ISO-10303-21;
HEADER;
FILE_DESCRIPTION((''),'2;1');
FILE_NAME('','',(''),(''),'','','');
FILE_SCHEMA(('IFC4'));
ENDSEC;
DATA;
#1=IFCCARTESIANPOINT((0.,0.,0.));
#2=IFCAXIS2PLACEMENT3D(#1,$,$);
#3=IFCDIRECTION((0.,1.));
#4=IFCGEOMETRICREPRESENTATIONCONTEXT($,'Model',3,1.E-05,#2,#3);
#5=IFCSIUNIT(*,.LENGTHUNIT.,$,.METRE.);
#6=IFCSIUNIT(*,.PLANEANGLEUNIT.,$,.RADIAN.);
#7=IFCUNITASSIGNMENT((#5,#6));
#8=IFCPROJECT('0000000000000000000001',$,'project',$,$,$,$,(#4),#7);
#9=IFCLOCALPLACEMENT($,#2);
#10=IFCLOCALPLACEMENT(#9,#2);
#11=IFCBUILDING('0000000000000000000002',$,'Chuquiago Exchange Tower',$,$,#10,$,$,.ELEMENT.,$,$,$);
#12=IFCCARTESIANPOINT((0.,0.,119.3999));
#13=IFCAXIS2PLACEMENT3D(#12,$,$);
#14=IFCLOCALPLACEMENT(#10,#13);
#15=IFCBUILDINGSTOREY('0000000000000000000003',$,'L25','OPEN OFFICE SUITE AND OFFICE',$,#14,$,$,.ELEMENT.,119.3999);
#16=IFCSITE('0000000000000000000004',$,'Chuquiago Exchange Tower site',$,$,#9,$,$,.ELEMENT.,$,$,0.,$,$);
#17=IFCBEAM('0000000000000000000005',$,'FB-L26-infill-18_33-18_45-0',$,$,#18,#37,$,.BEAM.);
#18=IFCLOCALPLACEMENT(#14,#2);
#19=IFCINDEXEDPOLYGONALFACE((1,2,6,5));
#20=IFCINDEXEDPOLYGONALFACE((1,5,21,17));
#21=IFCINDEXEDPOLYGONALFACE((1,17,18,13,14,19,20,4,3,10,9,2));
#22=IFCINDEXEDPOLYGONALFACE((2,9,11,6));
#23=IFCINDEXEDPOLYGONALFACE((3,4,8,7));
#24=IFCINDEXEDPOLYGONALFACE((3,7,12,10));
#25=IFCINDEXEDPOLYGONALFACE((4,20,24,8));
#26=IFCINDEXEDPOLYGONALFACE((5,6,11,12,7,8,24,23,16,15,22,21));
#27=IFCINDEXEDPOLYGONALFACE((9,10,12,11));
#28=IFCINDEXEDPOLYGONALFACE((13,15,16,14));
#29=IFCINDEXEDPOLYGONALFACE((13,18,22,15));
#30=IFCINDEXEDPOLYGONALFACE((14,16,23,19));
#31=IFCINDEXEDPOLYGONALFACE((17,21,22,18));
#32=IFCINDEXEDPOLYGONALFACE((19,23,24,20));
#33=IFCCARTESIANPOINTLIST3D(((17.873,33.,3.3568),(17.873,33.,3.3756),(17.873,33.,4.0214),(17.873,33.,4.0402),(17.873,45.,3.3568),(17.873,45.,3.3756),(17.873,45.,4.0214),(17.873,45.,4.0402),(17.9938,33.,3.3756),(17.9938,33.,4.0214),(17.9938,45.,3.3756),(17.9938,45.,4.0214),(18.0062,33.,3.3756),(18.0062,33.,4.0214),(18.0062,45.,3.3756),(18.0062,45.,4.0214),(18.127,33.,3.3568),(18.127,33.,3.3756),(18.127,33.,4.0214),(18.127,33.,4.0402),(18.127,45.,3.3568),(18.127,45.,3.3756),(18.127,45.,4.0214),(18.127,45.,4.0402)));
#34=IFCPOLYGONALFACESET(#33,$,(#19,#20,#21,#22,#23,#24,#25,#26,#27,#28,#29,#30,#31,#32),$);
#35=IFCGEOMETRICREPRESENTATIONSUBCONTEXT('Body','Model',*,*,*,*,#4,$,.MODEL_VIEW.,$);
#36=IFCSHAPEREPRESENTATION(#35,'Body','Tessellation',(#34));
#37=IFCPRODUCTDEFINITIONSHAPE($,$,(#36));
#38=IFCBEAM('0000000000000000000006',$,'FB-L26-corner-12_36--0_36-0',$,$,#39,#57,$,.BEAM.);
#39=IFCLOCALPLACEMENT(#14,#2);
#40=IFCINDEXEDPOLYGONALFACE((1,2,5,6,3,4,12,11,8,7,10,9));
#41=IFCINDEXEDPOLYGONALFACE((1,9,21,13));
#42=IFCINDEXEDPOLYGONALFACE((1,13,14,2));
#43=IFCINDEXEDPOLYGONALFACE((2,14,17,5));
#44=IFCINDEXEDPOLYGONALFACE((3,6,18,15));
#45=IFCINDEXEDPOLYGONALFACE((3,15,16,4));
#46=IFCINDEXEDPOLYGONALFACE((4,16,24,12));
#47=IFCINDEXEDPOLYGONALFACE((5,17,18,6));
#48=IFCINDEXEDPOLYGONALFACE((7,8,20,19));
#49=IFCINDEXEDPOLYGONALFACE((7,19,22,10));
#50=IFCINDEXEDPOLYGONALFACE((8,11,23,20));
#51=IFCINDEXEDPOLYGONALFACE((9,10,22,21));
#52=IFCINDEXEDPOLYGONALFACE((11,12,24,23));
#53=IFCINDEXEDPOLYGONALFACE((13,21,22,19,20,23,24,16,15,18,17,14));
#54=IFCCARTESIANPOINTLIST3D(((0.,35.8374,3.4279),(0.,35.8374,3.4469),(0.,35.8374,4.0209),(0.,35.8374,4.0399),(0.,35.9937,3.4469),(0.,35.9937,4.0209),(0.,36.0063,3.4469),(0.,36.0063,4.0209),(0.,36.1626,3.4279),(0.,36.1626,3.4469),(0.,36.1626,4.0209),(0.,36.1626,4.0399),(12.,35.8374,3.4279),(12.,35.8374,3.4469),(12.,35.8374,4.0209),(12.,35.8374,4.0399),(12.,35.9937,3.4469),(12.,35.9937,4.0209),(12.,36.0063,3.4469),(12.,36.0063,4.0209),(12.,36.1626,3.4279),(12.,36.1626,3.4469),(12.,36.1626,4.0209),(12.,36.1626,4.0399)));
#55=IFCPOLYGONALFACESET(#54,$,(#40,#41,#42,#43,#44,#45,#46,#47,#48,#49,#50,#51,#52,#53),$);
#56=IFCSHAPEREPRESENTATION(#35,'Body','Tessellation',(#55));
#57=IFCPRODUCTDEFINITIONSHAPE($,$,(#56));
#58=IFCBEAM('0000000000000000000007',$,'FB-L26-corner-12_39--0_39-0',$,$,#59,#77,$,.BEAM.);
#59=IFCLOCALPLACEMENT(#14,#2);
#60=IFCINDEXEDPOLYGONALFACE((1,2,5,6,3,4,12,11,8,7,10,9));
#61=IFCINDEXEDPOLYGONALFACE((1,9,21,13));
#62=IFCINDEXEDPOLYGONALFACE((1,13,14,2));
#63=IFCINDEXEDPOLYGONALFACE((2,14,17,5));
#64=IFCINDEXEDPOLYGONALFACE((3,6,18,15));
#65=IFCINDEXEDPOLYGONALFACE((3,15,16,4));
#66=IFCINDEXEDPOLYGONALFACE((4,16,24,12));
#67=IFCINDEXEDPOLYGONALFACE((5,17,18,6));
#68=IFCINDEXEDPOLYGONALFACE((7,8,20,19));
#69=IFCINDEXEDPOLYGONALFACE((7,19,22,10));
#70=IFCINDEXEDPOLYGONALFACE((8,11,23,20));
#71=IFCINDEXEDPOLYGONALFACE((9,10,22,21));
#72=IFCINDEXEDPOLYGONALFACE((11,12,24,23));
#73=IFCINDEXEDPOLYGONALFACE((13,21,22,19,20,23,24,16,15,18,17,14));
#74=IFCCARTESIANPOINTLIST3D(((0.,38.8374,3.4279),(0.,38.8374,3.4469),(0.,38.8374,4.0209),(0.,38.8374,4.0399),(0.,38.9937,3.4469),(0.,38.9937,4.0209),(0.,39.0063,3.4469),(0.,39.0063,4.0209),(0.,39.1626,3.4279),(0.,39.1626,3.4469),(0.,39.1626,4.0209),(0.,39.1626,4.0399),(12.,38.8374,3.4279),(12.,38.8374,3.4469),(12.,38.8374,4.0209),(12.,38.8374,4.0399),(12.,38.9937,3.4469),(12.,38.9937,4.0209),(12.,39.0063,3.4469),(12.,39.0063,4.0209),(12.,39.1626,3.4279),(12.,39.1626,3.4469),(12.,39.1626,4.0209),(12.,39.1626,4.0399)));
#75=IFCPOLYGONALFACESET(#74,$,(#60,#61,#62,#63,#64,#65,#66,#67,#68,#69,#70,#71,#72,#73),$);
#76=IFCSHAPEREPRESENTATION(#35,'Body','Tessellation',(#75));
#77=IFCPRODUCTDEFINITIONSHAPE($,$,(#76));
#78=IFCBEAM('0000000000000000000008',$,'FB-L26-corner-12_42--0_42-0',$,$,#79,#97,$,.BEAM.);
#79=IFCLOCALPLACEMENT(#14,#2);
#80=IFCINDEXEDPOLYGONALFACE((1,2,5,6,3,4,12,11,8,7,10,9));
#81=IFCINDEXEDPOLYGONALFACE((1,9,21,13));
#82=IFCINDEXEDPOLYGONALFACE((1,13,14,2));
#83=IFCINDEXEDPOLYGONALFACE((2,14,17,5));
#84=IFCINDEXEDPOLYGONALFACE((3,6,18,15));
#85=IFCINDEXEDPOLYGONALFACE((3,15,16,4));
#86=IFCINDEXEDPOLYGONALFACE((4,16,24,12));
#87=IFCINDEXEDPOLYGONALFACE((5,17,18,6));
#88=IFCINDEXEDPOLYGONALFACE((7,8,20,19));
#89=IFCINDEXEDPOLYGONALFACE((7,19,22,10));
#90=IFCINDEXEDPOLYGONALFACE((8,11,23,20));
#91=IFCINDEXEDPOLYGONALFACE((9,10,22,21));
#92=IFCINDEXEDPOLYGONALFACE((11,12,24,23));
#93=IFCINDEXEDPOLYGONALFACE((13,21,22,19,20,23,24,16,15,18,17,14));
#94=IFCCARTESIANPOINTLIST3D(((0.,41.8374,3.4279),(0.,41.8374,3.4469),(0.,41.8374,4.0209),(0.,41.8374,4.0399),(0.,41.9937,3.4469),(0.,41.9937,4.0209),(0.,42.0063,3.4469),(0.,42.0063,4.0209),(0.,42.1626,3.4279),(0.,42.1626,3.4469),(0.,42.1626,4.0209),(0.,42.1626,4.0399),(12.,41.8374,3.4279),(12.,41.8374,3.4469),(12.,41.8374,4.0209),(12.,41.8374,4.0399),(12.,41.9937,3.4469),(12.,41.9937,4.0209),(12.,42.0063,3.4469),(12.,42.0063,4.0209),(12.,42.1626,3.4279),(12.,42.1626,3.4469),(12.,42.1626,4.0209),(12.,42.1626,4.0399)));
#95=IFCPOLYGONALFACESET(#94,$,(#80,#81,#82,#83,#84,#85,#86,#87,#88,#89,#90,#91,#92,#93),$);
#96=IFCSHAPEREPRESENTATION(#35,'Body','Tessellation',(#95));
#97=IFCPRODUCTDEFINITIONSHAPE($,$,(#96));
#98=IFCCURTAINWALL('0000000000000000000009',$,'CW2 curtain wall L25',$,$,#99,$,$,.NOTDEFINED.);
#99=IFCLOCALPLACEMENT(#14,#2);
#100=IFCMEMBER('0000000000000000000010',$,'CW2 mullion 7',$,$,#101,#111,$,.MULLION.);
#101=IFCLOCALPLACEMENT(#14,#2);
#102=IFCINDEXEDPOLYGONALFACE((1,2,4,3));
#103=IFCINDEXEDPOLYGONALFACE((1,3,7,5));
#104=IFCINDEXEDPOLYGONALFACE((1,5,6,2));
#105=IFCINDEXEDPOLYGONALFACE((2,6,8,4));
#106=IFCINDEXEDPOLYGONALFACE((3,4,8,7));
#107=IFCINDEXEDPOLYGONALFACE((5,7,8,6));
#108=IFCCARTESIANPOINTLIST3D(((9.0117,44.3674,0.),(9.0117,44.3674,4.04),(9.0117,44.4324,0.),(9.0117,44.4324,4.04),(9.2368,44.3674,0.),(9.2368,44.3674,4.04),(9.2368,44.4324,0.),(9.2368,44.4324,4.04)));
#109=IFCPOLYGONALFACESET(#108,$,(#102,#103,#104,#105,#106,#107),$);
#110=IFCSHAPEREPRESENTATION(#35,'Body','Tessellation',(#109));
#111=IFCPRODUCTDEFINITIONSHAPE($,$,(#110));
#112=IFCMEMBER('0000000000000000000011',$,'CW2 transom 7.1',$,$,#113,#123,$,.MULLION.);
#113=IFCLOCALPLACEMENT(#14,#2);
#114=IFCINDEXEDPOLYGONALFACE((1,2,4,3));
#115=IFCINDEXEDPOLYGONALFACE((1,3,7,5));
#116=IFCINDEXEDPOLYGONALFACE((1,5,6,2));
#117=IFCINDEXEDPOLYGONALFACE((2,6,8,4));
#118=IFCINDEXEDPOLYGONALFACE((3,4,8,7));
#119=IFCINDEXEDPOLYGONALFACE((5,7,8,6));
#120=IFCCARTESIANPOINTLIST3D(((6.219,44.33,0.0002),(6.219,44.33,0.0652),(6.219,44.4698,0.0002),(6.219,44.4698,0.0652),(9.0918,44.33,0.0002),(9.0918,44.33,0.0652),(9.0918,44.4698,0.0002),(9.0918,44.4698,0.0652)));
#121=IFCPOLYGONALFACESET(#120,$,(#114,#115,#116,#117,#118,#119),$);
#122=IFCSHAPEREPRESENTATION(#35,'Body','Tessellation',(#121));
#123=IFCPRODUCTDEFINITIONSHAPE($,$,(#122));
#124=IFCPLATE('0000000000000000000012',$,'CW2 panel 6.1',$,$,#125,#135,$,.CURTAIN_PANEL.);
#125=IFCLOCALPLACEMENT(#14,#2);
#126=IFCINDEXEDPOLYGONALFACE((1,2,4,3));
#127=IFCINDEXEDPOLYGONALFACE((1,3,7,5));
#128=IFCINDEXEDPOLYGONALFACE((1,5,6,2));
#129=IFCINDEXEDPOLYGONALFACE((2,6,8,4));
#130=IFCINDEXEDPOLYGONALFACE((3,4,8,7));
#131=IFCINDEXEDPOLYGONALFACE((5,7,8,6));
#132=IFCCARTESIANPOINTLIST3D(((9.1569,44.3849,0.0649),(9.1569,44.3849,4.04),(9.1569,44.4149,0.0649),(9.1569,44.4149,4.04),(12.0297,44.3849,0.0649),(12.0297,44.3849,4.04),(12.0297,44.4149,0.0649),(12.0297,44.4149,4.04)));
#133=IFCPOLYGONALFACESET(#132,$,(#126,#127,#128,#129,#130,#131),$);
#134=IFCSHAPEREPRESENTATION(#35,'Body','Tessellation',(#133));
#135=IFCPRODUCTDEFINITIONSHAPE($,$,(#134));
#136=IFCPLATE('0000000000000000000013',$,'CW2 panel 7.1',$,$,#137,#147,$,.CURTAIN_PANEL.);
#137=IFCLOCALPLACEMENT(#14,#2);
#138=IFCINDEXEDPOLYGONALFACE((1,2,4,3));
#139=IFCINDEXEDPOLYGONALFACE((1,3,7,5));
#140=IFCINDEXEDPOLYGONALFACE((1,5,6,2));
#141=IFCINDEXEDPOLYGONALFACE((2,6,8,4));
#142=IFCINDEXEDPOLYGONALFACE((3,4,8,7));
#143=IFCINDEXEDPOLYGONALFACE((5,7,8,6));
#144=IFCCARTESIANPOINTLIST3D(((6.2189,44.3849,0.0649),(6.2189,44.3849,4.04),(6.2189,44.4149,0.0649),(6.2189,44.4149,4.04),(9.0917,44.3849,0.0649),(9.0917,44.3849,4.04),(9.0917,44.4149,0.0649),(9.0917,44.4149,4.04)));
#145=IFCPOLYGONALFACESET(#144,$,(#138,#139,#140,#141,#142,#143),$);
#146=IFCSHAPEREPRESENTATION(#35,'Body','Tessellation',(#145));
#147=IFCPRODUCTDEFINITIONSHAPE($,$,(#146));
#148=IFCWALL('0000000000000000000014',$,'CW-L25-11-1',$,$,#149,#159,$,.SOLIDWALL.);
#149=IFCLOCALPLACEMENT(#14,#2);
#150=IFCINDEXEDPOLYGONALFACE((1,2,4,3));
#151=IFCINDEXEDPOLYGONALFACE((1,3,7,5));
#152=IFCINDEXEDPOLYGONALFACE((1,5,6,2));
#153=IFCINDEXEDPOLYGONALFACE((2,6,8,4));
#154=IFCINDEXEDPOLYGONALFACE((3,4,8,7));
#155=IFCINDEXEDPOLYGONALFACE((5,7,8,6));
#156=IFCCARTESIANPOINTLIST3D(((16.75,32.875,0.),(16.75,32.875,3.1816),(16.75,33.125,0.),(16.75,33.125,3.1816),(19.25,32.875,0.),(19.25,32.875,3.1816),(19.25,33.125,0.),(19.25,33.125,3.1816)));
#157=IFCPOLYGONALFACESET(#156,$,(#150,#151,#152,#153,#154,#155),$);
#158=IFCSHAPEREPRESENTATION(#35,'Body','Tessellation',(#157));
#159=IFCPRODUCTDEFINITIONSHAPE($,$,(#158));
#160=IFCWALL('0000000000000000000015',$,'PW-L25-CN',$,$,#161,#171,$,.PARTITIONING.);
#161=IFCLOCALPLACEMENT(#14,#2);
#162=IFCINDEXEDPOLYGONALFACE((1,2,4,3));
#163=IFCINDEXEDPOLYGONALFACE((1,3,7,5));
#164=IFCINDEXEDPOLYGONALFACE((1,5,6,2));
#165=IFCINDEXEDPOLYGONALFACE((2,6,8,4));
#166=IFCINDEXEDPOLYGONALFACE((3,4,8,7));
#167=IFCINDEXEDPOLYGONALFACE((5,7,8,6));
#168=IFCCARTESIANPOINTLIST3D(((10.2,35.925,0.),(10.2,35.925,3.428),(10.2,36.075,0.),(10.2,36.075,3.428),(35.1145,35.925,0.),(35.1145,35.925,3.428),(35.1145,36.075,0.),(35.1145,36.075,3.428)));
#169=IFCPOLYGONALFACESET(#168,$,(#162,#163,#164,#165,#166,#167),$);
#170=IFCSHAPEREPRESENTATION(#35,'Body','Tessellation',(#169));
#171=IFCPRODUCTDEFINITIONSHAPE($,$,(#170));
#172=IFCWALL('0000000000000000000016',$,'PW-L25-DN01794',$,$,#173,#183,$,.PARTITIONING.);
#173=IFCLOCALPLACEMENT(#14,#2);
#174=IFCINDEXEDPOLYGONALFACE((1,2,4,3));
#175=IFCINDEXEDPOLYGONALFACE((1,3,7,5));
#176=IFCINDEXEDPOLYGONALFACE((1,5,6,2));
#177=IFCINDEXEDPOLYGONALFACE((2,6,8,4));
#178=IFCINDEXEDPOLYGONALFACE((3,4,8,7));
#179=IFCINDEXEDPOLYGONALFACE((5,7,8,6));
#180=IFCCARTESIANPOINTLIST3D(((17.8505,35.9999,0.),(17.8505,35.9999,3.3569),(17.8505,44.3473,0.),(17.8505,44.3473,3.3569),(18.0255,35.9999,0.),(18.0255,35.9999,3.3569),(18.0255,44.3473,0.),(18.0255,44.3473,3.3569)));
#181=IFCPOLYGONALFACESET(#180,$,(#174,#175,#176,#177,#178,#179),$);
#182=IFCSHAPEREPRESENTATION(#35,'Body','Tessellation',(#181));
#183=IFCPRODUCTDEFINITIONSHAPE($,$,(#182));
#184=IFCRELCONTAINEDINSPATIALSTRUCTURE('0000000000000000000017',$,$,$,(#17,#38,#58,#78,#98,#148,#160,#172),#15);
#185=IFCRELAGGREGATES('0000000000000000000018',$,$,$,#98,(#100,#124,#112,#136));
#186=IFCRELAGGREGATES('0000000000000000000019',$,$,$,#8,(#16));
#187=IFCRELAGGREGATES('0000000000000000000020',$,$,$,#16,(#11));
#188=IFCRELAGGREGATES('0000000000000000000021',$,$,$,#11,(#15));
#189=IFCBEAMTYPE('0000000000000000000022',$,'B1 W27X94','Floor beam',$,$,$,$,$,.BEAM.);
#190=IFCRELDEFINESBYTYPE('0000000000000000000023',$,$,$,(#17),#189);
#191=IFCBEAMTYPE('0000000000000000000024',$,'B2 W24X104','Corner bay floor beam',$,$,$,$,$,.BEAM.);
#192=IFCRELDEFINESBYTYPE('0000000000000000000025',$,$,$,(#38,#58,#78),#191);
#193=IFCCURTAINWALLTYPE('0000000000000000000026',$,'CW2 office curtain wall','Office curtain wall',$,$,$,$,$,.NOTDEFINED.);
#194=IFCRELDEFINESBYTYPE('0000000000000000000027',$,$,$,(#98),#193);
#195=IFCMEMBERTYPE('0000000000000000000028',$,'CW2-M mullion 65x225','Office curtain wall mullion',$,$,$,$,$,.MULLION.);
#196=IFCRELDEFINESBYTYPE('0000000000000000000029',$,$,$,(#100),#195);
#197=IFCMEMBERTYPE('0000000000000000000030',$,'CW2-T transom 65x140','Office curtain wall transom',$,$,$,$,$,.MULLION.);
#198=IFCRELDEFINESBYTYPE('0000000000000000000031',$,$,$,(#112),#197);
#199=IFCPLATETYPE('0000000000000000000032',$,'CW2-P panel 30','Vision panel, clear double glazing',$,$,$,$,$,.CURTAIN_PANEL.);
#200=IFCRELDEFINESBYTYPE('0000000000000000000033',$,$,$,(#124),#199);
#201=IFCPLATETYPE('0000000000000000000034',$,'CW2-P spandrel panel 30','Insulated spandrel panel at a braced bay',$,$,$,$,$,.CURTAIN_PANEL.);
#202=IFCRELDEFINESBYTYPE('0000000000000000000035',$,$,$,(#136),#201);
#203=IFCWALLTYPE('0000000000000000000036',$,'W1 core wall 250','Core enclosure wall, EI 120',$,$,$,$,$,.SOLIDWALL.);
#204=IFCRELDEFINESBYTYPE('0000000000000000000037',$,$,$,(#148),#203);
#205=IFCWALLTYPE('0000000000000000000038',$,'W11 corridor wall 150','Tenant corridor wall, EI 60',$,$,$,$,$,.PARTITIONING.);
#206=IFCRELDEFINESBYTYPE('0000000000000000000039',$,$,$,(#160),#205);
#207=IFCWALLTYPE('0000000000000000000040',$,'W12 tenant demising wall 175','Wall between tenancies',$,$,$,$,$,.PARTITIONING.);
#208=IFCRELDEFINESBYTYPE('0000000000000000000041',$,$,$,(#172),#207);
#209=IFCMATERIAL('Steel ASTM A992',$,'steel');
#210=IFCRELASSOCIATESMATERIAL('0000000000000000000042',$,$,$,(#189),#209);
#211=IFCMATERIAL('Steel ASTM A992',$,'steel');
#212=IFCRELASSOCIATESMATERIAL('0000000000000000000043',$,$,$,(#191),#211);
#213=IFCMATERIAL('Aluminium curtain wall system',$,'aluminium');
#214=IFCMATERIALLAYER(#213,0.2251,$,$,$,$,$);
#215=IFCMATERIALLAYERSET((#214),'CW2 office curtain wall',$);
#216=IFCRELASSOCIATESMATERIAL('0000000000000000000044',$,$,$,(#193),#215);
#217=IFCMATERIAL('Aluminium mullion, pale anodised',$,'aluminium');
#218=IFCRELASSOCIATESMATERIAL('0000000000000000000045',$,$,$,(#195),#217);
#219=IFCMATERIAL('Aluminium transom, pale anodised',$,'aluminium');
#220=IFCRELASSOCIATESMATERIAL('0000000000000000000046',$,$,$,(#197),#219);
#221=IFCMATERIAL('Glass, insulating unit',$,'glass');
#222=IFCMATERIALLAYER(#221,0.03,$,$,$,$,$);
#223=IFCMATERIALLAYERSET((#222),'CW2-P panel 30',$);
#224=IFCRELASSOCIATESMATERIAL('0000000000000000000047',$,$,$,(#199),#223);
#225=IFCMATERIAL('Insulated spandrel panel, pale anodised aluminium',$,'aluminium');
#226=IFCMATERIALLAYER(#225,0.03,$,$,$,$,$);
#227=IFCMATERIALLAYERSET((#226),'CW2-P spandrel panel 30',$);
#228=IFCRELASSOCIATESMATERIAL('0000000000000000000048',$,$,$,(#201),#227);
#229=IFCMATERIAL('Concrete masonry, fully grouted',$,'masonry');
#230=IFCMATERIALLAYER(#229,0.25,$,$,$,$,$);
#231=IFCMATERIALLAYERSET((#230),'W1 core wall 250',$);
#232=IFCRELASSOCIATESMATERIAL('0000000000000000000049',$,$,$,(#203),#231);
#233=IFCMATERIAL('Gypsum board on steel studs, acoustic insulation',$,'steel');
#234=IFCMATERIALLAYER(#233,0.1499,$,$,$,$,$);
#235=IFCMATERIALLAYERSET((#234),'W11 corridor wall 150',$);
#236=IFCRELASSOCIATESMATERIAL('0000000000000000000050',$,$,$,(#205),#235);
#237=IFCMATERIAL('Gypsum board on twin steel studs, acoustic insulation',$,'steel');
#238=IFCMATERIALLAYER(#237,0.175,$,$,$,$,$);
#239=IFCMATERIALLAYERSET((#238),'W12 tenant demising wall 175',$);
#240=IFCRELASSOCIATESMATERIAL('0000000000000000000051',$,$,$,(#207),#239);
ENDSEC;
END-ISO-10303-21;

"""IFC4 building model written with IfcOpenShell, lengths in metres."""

from ifc_helpers import new_model, si_unit, direction, frame, frame_2d, origin, origin_2d, place, context, subcontext, project, spatial, rectangle, i_section, extrude, material, layer, layer_set, material_profile, profile_set, type_object, element, aggregate, save


model = new_model("IFC4")

# Units and contexts
model_context = context("Model", 3, precision=1e-05, world=origin(), true_north=direction((0.0, 1.0)))
body_context = subcontext(model_context, "Body", "Model", "MODEL_VIEW")
ifc_project = project(units=[si_unit("LENGTHUNIT", "METRE"), si_unit("PLANEANGLEUNIT", "RADIAN")], contexts=[model_context])

# Site, building, storey
site_placement = place(None, origin())
site = spatial("IfcSite", under=ifc_project, at=site_placement, Name="Chuquiago Exchange Tower site", CompositionType="ELEMENT", RefElevation=0.0)
building_placement = place(site_placement, origin())
building = spatial("IfcBuilding", under=site, at=building_placement, Name="Chuquiago Exchange Tower", CompositionType="ELEMENT")
storey_placement = place(building_placement, frame((0.0, 0.0, 119.3999)))
storey = spatial("IfcBuildingStorey", under=building, at=storey_placement, Name="L25", Description="OPEN OFFICE SUITE AND OFFICE", CompositionType="ELEMENT", Elevation=119.3999)

# Beams
ifc_material_1 = material(Name="Steel ASTM A992", Category="steel")
ifc_material_profile_1 = material_profile(ifc_material_1, i_section(OverallWidth=0.2539, OverallDepth=0.6833, WebThickness=0.0125, FlangeThickness=0.0188, at=origin_2d()), Name="W27X94")
ifc_profile_set_1 = profile_set([ifc_material_profile_1], Name="Steel ASTM A992")
beam_type_1 = type_object("IfcBeamType", Name="B1 W27X94", Description="Floor beam", PredefinedType="BEAM", material=ifc_profile_set_1)
beam_placement = place(storey_placement, frame((18.0, 33.0, 3.6985), z_axis=(0.0, 1.0, 0.0), x_axis=(-1.0, 0.0, 0.0)))
element("IfcBeam", 1, at=beam_placement, inside=storey, type_object=beam_type_1, Name="FB-L26-infill-18_33-18_45-0", PredefinedType="BEAM", context=body_context, shape_type="SweptSolid", body=[
    extrude(i_section(OverallWidth=0.2539, OverallDepth=0.6833, WebThickness=0.0125, FlangeThickness=0.0188, at=origin_2d()), origin(), (0.0, 0.0, 1.0), 12.0),
])
ifc_material_2 = material(Name="Steel ASTM A992", Category="steel")
ifc_material_profile_2 = material_profile(ifc_material_2, i_section(OverallWidth=0.3252, OverallDepth=0.6121, WebThickness=0.0127, FlangeThickness=0.019, at=origin_2d()), Name="W24X104")
ifc_profile_set_2 = profile_set([ifc_material_profile_2], Name="Steel ASTM A992")
beam_type_2 = type_object("IfcBeamType", Name="B2 W24X104", Description="Corner bay floor beam", PredefinedType="BEAM", material=ifc_profile_set_2)
for number, where, z_axis, x_axis, name in (
    (2, (12.0, 36.0, 3.7339), (-1.0, 0.0, 0.0), (0.0, -1.0, 0.0), "FB-L26-corner-12_36--0_36-0"),
    (3, (12.0, 39.0, 3.7339), (-1.0, 0.0, 0.0), (0.0, -1.0, 0.0), "FB-L26-corner-12_39--0_39-0"),
    (4, (12.0, 42.0, 3.7339), (-1.0, 0.0, 0.0), (0.0, -1.0, 0.0), "FB-L26-corner-12_42--0_42-0"),
):
    element("IfcBeam", number, at=place(storey_placement, frame(where, z_axis=z_axis, x_axis=x_axis)), inside=storey, type_object=beam_type_2, Name=name, PredefinedType="BEAM", context=body_context, shape_type="SweptSolid", body=[
        extrude(i_section(OverallWidth=0.3252, OverallDepth=0.6121, WebThickness=0.0127, FlangeThickness=0.019, at=origin_2d()), origin(), (0.0, 0.0, 1.0), 12.0),
    ])

# Curtain wall, members, plates
ifc_material_3 = material(Name="Aluminium curtain wall system", Category="aluminium")
ifc_layer_1 = layer(ifc_material_3, 0.2251)
ifc_layer_set_1 = layer_set([ifc_layer_1], Name="CW2 office curtain wall")
curtain_wall_type = type_object("IfcCurtainWallType", Name="CW2 office curtain wall", Description="Office curtain wall", PredefinedType="NOTDEFINED", material=ifc_layer_set_1)
curtain_wall_placement = place(storey_placement, origin())
curtain_wall = element("IfcCurtainWall", 5, at=curtain_wall_placement, inside=storey, type_object=curtain_wall_type, Name="CW2 curtain wall L25", PredefinedType="NOTDEFINED")
ifc_material_4 = material(Name="Aluminium mullion, pale anodised", Category="aluminium")
ifc_material_profile_3 = material_profile(ifc_material_4, rectangle(XDim=0.0649, YDim=0.2251, at=origin_2d()), Name="AL 65x225")
ifc_profile_set_3 = profile_set([ifc_material_profile_3], Name="Aluminium mullion, pale anodised")
member_type_1 = type_object("IfcMemberType", Name="CW2-M mullion 65x225", Description="Office curtain wall mullion", PredefinedType="MULLION", material=ifc_profile_set_3)
member_1_placement = place(storey_placement, frame((9.1243, 44.3999, 0.0), z_axis=(0.0, 0.0, 1.0), x_axis=(0.0, -1.0, 0.0)))
member_1 = element("IfcMember", 6, at=member_1_placement, type_object=member_type_1, Name="CW2 mullion 7", PredefinedType="MULLION", context=body_context, shape_type="SweptSolid", body=[
    extrude(rectangle(XDim=0.0649, YDim=0.2251, at=origin_2d()), origin(), (0.0, 0.0, 1.0), 4.04),
])
ifc_material_5 = material(Name="Aluminium transom, pale anodised", Category="aluminium")
ifc_material_profile_4 = material_profile(ifc_material_5, rectangle(XDim=0.1399, YDim=0.0649, at=origin_2d()), Name="AL 140x65")
ifc_profile_set_4 = profile_set([ifc_material_profile_4], Name="Aluminium transom, pale anodised")
member_type_2 = type_object("IfcMemberType", Name="CW2-T transom 65x140", Description="Office curtain wall transom", PredefinedType="MULLION", material=ifc_profile_set_4)
member_2_placement = place(storey_placement, frame((9.0918, 44.3999, 0.0327), z_axis=(-1.0, 0.0, 0.0), x_axis=(0.0, -1.0, 0.0)))
member_2 = element("IfcMember", 7, at=member_2_placement, type_object=member_type_2, Name="CW2 transom 7.1", PredefinedType="MULLION", context=body_context, shape_type="SweptSolid", body=[
    extrude(rectangle(XDim=0.1399, YDim=0.0649, at=origin_2d()), origin(), (0.0, 0.0, 1.0), 2.8728),
])
ifc_material_6 = material(Name="Glass, insulating unit", Category="glass")
ifc_layer_2 = layer(ifc_material_6, 0.03)
ifc_layer_set_2 = layer_set([ifc_layer_2], Name="CW2-P panel 30")
plate_type_1 = type_object("IfcPlateType", Name="CW2-P panel 30", Description="Vision panel, clear double glazing", PredefinedType="CURTAIN_PANEL", material=ifc_layer_set_2)
plate_1_placement = place(storey_placement, frame((10.5933, 44.3999, 0.0649), z_axis=(0.0, 0.0, 1.0), x_axis=(-1.0, 0.0, 0.0)))
plate_1 = element("IfcPlate", 8, at=plate_1_placement, type_object=plate_type_1, Name="CW2 panel 6.1", PredefinedType="CURTAIN_PANEL", context=body_context, shape_type="SweptSolid", body=[
    extrude(rectangle(XDim=2.8728, YDim=0.03, at=origin_2d()), origin(), (0.0, 0.0, 1.0), 3.9751),
])
ifc_material_7 = material(Name="Insulated spandrel panel, pale anodised aluminium", Category="aluminium")
ifc_layer_3 = layer(ifc_material_7, 0.03)
ifc_layer_set_3 = layer_set([ifc_layer_3], Name="CW2-P spandrel panel 30")
plate_type_2 = type_object("IfcPlateType", Name="CW2-P spandrel panel 30", Description="Insulated spandrel panel at a braced bay", PredefinedType="CURTAIN_PANEL", material=ifc_layer_set_3)
plate_2_placement = place(storey_placement, frame((7.6553, 44.3999, 0.0649), z_axis=(0.0, 0.0, 1.0), x_axis=(-1.0, 0.0, 0.0)))
plate_2 = element("IfcPlate", 9, at=plate_2_placement, type_object=plate_type_2, Name="CW2 panel 7.1", PredefinedType="CURTAIN_PANEL", context=body_context, shape_type="SweptSolid", body=[
    extrude(rectangle(XDim=2.8728, YDim=0.03, at=origin_2d()), origin(), (0.0, 0.0, 1.0), 3.9751),
])
aggregate(curtain_wall, [member_1, plate_1, member_2, plate_2])

# Walls
ifc_material_8 = material(Name="Concrete masonry, fully grouted", Category="masonry")
ifc_layer_4 = layer(ifc_material_8, 0.25)
ifc_layer_set_4 = layer_set([ifc_layer_4], Name="W1 core wall 250")
wall_type_1 = type_object("IfcWallType", Name="W1 core wall 250", Description="Core enclosure wall, EI 120", PredefinedType="SOLIDWALL", material=ifc_layer_set_4)
wall_1_placement = place(storey_placement, frame((16.75, 33.0, 0.0), z_axis=(0.0, 0.0, 1.0), x_axis=(1.0, 0.0, 0.0)))
element("IfcWall", 10, at=wall_1_placement, inside=storey, type_object=wall_type_1, Name="CW-L25-11-1", PredefinedType="SOLIDWALL", context=body_context, shape_type="SweptSolid", body=[
    extrude(rectangle(XDim=2.5, YDim=0.25, at=frame_2d((1.25, 0.0))), origin(), (0.0, 0.0, 1.0), 3.1816),
])
ifc_material_9 = material(Name="Gypsum board on steel studs, acoustic insulation", Category="steel")
ifc_layer_5 = layer(ifc_material_9, 0.1499)
ifc_layer_set_5 = layer_set([ifc_layer_5], Name="W11 corridor wall 150")
wall_type_2 = type_object("IfcWallType", Name="W11 corridor wall 150", Description="Tenant corridor wall, EI 60", PredefinedType="PARTITIONING", material=ifc_layer_set_5)
wall_2_placement = place(storey_placement, frame((10.2, 36.0, 0.0), z_axis=(0.0, 0.0, 1.0), x_axis=(1.0, 0.0, 0.0)))
element("IfcWall", 11, at=wall_2_placement, inside=storey, type_object=wall_type_2, Name="PW-L25-CN", PredefinedType="PARTITIONING", context=body_context, shape_type="SweptSolid", body=[
    extrude(rectangle(XDim=24.9146, YDim=0.1499, at=frame_2d((12.4573, 0.0))), origin(), (0.0, 0.0, 1.0), 3.428),
])
ifc_material_10 = material(Name="Gypsum board on twin steel studs, acoustic insulation", Category="steel")
ifc_layer_6 = layer(ifc_material_10, 0.175)
ifc_layer_set_6 = layer_set([ifc_layer_6], Name="W12 tenant demising wall 175")
wall_type_3 = type_object("IfcWallType", Name="W12 tenant demising wall 175", Description="Wall between tenancies", PredefinedType="PARTITIONING", material=ifc_layer_set_6)
wall_3_placement = place(storey_placement, frame((17.938, 44.3474, 0.0), z_axis=(0.0, 0.0, 1.0), x_axis=(0.0, -1.0, 0.0)))
element("IfcWall", 12, at=wall_3_placement, inside=storey, type_object=wall_type_3, Name="PW-L25-DN01794", PredefinedType="PARTITIONING", context=body_context, shape_type="SweptSolid", body=[
    extrude(rectangle(XDim=8.3474, YDim=0.175, at=frame_2d((4.1738, 0.0))), origin(), (0.0, 0.0, 1.0), 3.3569),
])

save(model, "model.ifc")
